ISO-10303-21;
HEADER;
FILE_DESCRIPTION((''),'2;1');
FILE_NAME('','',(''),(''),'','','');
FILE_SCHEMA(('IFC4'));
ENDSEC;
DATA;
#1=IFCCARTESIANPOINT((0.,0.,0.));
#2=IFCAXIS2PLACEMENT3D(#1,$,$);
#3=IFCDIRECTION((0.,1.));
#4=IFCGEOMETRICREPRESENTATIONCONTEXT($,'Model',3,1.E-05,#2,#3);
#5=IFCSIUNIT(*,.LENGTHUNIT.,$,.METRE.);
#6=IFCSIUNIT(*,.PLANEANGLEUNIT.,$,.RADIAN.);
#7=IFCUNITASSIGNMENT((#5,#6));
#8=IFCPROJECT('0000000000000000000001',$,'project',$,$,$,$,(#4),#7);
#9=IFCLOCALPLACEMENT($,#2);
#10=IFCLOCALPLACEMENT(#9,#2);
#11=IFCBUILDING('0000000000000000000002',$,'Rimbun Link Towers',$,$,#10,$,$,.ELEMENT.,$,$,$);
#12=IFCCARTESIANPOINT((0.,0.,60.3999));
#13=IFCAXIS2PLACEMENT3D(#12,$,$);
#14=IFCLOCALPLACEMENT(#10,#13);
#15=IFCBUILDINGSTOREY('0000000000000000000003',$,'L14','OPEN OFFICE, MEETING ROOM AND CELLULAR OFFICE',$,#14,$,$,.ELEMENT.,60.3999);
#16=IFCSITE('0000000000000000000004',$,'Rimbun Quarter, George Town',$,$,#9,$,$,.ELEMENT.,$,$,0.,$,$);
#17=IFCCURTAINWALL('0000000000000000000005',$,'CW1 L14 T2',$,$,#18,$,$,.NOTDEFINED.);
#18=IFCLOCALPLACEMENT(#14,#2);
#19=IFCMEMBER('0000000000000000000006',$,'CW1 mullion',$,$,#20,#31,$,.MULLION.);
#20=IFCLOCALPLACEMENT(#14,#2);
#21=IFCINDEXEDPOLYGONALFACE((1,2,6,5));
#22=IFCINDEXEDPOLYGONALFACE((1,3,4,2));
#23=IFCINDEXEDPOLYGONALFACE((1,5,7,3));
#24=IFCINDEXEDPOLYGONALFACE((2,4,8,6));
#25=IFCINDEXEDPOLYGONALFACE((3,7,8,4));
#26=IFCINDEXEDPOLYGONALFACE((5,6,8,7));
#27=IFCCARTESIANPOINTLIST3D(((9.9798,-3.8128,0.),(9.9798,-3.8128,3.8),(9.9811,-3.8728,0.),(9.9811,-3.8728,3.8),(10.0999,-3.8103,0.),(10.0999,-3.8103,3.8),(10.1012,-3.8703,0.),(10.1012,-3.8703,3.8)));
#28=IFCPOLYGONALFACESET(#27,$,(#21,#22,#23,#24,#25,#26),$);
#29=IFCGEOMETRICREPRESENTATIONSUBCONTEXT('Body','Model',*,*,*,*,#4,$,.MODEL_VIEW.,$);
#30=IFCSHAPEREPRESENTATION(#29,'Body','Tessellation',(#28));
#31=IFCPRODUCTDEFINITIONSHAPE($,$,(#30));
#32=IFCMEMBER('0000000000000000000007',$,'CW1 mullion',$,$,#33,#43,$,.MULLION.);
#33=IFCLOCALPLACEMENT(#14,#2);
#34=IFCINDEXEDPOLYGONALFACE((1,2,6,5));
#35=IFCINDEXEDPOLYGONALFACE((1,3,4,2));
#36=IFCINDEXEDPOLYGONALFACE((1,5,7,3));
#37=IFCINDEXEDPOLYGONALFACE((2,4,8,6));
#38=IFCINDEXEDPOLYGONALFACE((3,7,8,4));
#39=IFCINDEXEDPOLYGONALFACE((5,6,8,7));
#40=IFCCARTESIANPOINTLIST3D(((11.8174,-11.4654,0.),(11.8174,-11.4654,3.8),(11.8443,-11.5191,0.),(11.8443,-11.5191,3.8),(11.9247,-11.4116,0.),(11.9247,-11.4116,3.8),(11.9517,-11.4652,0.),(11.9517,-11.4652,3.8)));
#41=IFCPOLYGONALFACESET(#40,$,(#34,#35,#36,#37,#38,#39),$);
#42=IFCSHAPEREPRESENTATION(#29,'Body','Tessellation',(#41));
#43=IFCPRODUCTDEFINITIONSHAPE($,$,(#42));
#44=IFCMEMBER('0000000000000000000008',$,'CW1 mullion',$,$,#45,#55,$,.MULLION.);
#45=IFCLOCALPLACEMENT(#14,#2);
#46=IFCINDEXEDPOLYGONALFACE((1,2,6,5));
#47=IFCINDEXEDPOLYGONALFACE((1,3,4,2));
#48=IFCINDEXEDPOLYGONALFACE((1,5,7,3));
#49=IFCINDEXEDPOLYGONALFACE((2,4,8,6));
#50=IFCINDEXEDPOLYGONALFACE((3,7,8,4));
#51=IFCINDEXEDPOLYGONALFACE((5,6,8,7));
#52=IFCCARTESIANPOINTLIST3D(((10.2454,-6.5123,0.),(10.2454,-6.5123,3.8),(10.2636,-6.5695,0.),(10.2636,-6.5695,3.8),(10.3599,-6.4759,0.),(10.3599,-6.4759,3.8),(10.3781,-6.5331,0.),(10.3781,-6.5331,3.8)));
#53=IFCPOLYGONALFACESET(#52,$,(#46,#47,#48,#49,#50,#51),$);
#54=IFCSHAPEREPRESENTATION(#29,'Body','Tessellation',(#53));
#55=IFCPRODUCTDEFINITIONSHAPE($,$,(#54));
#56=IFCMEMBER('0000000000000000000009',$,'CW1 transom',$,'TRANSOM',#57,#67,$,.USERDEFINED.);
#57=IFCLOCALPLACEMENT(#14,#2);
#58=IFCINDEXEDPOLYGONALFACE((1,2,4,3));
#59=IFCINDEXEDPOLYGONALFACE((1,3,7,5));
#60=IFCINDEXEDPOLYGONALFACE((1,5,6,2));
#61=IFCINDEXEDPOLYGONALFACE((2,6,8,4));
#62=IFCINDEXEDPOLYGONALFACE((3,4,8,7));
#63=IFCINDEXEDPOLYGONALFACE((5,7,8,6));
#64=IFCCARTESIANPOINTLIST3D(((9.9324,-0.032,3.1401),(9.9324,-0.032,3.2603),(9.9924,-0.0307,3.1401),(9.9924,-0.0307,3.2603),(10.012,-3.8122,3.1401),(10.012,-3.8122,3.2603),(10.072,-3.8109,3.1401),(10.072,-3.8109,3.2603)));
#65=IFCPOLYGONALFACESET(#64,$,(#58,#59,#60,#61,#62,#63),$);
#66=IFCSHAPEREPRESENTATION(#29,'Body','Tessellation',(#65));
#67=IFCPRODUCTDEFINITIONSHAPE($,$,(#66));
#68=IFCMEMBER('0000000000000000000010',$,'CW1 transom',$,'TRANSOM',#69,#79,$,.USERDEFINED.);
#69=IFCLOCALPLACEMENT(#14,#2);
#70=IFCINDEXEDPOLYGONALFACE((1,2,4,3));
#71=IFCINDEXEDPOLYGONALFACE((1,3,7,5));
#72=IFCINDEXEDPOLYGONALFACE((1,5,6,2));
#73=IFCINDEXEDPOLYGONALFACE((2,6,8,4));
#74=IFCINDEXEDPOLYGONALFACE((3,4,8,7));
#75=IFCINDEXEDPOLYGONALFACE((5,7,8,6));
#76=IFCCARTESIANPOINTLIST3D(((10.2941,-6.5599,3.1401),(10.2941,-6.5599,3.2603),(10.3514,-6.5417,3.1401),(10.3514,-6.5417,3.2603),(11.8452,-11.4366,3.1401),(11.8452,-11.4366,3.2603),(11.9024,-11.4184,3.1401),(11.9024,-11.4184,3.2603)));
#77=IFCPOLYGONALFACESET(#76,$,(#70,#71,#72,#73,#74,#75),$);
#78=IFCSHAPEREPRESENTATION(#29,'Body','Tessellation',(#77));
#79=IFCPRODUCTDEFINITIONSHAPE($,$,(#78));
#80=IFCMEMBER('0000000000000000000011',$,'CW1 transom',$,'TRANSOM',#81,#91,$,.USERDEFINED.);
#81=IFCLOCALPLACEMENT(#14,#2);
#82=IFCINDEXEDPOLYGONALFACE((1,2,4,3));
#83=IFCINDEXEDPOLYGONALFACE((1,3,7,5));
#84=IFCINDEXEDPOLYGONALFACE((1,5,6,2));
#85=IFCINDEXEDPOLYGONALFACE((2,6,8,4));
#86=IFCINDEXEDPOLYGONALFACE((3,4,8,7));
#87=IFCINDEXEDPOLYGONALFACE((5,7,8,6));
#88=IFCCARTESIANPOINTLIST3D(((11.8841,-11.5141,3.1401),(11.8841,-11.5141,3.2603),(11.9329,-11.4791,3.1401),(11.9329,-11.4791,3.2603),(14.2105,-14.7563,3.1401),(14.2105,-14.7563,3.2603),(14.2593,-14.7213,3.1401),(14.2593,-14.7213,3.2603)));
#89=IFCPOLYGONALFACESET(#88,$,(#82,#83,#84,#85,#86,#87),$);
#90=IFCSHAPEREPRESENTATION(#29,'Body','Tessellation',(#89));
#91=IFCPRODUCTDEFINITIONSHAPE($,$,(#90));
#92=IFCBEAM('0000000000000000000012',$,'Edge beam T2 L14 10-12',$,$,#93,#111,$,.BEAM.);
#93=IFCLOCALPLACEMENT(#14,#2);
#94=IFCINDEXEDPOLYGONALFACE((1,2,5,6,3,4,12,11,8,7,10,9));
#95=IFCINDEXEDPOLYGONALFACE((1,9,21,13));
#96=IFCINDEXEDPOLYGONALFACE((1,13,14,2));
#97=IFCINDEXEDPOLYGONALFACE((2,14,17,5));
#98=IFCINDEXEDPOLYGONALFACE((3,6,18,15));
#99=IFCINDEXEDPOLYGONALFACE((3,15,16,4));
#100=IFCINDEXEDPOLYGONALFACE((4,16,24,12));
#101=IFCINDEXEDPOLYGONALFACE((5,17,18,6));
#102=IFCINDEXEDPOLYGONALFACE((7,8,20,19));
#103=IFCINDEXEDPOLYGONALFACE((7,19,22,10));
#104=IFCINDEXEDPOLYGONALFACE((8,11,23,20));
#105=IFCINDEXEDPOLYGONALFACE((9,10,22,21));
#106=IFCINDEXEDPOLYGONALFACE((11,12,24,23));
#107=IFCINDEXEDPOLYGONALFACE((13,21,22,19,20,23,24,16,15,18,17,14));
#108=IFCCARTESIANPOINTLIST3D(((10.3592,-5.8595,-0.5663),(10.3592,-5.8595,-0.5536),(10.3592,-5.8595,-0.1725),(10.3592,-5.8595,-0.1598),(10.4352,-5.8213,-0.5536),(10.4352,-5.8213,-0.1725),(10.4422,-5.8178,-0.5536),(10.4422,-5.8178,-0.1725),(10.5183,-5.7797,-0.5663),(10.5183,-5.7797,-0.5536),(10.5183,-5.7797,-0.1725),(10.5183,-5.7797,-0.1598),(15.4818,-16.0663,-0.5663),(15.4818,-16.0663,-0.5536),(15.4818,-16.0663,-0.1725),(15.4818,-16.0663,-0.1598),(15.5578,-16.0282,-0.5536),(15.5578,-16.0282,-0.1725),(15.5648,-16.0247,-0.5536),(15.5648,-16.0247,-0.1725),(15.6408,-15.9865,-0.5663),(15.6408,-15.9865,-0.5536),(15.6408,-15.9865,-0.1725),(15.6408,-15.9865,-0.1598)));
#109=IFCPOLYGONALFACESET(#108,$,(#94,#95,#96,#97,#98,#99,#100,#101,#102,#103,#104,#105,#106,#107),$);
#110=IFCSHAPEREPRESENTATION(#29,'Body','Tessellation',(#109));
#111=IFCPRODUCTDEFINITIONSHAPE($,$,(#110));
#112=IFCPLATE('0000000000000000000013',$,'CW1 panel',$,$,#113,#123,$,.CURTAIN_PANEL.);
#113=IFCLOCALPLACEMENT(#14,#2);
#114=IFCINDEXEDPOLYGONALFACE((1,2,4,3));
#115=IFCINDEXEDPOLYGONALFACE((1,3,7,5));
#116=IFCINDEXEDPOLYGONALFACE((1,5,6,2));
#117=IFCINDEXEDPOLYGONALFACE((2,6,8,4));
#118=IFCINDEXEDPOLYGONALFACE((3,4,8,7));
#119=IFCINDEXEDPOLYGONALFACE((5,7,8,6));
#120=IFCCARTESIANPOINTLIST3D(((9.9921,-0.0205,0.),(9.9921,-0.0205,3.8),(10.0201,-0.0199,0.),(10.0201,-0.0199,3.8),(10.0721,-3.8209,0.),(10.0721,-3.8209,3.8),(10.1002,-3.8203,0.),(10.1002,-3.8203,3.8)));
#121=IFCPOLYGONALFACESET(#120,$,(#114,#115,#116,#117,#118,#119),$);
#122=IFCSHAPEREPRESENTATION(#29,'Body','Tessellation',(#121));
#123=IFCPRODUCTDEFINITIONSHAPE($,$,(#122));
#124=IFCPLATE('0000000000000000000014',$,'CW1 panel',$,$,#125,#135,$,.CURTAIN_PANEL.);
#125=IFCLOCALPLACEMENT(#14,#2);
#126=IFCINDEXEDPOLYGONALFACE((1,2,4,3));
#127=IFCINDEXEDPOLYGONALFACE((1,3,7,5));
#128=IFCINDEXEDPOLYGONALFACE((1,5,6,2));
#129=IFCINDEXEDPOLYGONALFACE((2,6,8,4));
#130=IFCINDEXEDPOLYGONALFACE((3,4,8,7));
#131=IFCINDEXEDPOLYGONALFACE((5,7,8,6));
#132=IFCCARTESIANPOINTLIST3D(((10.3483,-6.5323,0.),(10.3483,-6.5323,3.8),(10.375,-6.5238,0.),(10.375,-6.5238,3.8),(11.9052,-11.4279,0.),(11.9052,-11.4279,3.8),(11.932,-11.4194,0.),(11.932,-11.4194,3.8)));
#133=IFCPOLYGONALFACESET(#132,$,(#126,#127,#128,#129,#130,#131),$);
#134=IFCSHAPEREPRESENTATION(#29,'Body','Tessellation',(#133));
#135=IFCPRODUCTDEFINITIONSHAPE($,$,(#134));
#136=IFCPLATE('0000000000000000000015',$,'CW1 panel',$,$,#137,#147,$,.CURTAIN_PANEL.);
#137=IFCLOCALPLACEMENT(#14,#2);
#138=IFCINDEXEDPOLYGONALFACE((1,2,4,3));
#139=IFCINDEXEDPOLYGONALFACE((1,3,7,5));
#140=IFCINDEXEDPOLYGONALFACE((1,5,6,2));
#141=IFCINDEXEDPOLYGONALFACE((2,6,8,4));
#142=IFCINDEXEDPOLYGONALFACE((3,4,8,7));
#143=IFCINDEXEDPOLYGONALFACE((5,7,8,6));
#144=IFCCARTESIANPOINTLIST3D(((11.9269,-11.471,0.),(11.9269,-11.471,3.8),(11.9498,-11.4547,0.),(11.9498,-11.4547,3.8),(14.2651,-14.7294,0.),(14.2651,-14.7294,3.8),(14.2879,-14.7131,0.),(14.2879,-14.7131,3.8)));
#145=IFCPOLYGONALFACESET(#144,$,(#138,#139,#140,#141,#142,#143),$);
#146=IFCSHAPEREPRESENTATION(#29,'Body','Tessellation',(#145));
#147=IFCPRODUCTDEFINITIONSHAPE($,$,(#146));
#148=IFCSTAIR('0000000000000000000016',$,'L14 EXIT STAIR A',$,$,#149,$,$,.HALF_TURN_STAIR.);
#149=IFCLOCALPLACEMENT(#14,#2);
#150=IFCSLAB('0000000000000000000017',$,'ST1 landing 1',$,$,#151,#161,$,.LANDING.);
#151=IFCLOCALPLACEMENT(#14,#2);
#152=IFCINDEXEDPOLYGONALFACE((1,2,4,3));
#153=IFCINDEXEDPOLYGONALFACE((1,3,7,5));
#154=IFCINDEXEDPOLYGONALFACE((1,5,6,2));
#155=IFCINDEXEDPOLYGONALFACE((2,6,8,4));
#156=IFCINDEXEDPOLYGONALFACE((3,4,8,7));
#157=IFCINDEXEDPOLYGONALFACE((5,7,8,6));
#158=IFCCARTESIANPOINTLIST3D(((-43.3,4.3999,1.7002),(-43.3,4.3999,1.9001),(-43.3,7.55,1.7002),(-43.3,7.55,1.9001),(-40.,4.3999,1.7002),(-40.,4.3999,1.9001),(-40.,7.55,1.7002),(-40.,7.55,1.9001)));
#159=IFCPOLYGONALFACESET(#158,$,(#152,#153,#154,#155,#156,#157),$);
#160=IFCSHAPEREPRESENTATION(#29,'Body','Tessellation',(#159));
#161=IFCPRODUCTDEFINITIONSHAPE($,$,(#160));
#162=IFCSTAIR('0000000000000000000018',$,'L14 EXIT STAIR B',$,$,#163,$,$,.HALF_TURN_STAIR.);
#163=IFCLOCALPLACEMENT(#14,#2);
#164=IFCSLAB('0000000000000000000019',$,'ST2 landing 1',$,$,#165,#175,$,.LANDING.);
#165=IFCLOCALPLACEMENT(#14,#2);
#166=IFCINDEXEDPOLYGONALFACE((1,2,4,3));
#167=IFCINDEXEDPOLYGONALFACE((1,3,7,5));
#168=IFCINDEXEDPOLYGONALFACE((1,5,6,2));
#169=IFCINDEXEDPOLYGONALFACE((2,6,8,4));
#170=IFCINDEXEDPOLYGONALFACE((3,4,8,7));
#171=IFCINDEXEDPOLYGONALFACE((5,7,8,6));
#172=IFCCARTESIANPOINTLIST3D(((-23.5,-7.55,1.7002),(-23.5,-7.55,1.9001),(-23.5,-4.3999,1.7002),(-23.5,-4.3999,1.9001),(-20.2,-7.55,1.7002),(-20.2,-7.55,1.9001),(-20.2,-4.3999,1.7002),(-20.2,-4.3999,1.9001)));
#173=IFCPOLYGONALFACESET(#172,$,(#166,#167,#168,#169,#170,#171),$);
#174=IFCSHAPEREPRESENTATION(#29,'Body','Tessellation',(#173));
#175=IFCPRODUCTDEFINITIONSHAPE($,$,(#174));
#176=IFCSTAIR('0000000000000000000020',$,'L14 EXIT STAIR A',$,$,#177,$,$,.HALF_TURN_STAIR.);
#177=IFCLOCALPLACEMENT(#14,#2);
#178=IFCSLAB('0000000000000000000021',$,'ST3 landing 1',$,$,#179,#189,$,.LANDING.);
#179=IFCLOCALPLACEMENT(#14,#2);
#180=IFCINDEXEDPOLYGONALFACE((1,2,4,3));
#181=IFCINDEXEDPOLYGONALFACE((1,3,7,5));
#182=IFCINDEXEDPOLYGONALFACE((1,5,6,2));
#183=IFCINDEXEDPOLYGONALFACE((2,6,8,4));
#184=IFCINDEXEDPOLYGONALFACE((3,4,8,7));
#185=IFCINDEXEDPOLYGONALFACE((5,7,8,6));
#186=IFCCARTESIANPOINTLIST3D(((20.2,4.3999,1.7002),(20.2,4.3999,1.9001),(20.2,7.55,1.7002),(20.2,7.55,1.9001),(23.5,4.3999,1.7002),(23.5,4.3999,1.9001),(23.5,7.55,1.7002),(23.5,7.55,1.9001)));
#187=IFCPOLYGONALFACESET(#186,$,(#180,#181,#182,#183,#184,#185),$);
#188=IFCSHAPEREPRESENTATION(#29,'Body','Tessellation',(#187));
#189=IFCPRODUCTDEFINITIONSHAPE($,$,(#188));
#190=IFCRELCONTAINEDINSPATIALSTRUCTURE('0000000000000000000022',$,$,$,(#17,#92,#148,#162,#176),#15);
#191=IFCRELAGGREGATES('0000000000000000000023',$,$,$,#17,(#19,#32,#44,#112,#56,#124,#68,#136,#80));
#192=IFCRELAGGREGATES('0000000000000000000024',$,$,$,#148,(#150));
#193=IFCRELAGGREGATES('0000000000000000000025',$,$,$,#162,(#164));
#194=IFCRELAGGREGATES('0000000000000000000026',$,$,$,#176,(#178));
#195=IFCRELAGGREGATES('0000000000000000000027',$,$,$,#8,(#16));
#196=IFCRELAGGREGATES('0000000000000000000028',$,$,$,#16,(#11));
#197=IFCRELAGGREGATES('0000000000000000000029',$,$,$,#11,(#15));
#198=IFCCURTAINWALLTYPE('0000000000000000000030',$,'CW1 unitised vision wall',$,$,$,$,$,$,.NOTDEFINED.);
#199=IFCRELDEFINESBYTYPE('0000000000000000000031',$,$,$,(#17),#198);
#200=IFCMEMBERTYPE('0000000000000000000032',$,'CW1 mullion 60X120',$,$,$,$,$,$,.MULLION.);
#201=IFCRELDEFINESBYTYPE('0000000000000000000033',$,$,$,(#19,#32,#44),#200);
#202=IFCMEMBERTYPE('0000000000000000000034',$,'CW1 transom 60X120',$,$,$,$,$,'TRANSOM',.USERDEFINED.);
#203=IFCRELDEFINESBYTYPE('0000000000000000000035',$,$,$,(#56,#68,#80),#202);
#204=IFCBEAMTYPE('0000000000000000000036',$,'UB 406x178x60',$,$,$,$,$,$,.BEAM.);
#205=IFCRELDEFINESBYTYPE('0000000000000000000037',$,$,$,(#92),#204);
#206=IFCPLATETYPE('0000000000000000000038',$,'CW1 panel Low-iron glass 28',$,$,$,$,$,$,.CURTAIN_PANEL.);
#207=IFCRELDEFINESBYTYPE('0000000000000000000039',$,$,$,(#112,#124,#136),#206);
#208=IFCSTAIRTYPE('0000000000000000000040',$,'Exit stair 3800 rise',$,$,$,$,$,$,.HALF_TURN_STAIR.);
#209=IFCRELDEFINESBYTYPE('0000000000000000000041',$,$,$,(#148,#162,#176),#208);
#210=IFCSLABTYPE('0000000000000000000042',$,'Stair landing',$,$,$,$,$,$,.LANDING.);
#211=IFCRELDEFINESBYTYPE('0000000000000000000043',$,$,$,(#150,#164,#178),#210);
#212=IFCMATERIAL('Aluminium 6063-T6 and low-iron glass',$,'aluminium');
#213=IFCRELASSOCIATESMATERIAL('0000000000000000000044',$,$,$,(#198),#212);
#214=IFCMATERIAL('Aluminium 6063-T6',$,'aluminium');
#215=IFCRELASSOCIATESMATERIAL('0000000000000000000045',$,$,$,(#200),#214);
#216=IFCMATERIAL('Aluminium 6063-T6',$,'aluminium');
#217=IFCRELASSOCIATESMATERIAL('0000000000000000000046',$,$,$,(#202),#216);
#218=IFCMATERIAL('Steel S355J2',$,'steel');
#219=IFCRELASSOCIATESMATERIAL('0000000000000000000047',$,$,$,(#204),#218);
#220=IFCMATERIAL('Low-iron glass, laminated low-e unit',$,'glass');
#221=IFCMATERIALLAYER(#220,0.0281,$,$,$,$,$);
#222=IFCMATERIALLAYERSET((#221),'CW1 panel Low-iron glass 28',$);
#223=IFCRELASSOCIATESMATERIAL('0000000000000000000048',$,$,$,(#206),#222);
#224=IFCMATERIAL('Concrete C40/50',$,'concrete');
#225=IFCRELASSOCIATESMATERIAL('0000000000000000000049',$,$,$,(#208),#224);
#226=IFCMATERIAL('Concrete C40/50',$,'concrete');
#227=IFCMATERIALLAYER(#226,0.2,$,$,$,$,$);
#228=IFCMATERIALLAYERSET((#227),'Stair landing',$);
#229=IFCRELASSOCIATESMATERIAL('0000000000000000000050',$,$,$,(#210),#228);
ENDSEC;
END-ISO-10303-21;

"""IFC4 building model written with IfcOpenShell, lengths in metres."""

from ifc_helpers import new_model, si_unit, direction, frame, origin, origin_2d, place, context, subcontext, project, spatial, polyline, rectangle, i_section, outline, extrude, material, layer, layer_set, material_profile, profile_set, type_object, element, aggregate, save


model = new_model("IFC4")

# Units and contexts
model_context = context("Model", 3, precision=1e-05, world=origin(), true_north=direction((0.0, 1.0)))
body_context = subcontext(model_context, "Body", "Model", "MODEL_VIEW")
ifc_project = project(units=[si_unit("LENGTHUNIT", "METRE"), si_unit("PLANEANGLEUNIT", "RADIAN")], contexts=[model_context])

# Site, building, storey
site_placement = place(None, origin())
site = spatial("IfcSite", under=ifc_project, at=site_placement, Name="Rimbun Quarter, George Town", CompositionType="ELEMENT", RefElevation=0.0)
building_placement = place(site_placement, origin())
building = spatial("IfcBuilding", under=site, at=building_placement, Name="Rimbun Link Towers", CompositionType="ELEMENT")
storey_placement = place(building_placement, frame((0.0, 0.0, 60.3999)))
storey = spatial("IfcBuildingStorey", under=building, at=storey_placement, Name="L14", Description="OPEN OFFICE, MEETING ROOM AND CELLULAR OFFICE", CompositionType="ELEMENT", Elevation=60.3999)

# Curtain wall, members
ifc_material_1 = material(Name="Aluminium 6063-T6 and low-iron glass", Category="aluminium")
curtain_wall_type = type_object("IfcCurtainWallType", Name="CW1 unitised vision wall", PredefinedType="NOTDEFINED", material=ifc_material_1)
curtain_wall_placement = place(storey_placement, origin())
curtain_wall = element("IfcCurtainWall", 1, at=curtain_wall_placement, inside=storey, type_object=curtain_wall_type, Name="CW1 L14 T2", PredefinedType="NOTDEFINED")
ifc_material_2 = material(Name="Aluminium 6063-T6", Category="aluminium")
ifc_material_profile_1 = material_profile(ifc_material_2, rectangle(XDim=0.1201, YDim=0.0601, at=origin_2d()), Name="MULLION 60X120")
ifc_profile_set_1 = profile_set([ifc_material_profile_1], Name="Aluminium 6063-T6")
member_type_1 = type_object("IfcMemberType", Name="CW1 mullion 60X120", PredefinedType="MULLION", material=ifc_profile_set_1)
member_1_placement = place(storey_placement, frame((10.0405, -3.8416, 0.0), z_axis=(0.0, 0.0, 1.0), x_axis=(-0.999778, -0.021066, 0.0)))
member_1 = element("IfcMember", 2, at=member_1_placement, type_object=member_type_1, Name="CW1 mullion", PredefinedType="MULLION", context=body_context, shape_type="SweptSolid", body=[
    extrude(rectangle(XDim=0.1201, YDim=0.0601, at=origin_2d()), origin(), (0.0, 0.0, 1.0), 3.8),
])
member_2_placement = place(storey_placement, frame((11.8845, -11.4653, 0.0), z_axis=(0.0, 0.0, 1.0), x_axis=(-0.893746, -0.448574, 0.0)))
member_2 = element("IfcMember", 3, at=member_2_placement, type_object=member_type_1, Name="CW1 mullion", PredefinedType="MULLION", context=body_context, shape_type="SweptSolid", body=[
    extrude(rectangle(XDim=0.1201, YDim=0.0601, at=origin_2d()), origin(), (0.0, 0.0, 1.0), 3.8),
])
member_3_placement = place(storey_placement, frame((10.3118, -6.5227, 0.0), z_axis=(0.0, 0.0, 1.0), x_axis=(-0.952967, -0.303073, 0.0)))
member_3 = element("IfcMember", 4, at=member_3_placement, type_object=member_type_1, Name="CW1 mullion", PredefinedType="MULLION", context=body_context, shape_type="SweptSolid", body=[
    extrude(rectangle(XDim=0.1201, YDim=0.0601, at=origin_2d()), origin(), (0.0, 0.0, 1.0), 3.8),
])
ifc_material_3 = material(Name="Aluminium 6063-T6", Category="aluminium")
ifc_material_profile_2 = material_profile(ifc_material_3, rectangle(XDim=0.0601, YDim=0.1201, at=origin_2d()), Name="TRANSOM 60X120")
ifc_profile_set_2 = profile_set([ifc_material_profile_2], Name="Aluminium 6063-T6")
member_type_2 = type_object("IfcMemberType", Name="CW1 transom 60X120", ElementType="TRANSOM", PredefinedType="USERDEFINED", material=ifc_profile_set_2)
member_4_placement = place(storey_placement, frame((10.042, -3.8115, 3.2002), z_axis=(-0.021049, 0.999778, 0.0), x_axis=(-0.999778, -0.021049, 0.0)))
member_4 = element("IfcMember", 5, at=member_4_placement, type_object=member_type_2, Name="CW1 transom", ObjectType="TRANSOM", PredefinedType="USERDEFINED", context=body_context, shape_type="SweptSolid", body=[
    extrude(rectangle(XDim=0.0601, YDim=0.1201, at=origin_2d()), origin(), (0.0, 0.0, 1.0), 3.781),
])
member_5_placement = place(storey_placement, frame((11.8738, -11.4275, 3.2002), z_axis=(-0.303087, 0.952963, 0.0), x_axis=(-0.952963, -0.303087, 0.0)))
member_5 = element("IfcMember", 6, at=member_5_placement, type_object=member_type_2, Name="CW1 transom", ObjectType="TRANSOM", PredefinedType="USERDEFINED", context=body_context, shape_type="SweptSolid", body=[
    extrude(rectangle(XDim=0.0601, YDim=0.1201, at=origin_2d()), origin(), (0.0, 0.0, 1.0), 5.1174),
])
member_6_placement = place(storey_placement, frame((14.2349, -14.7388, 3.2002), z_axis=(-0.58299, 0.812479, 0.0), x_axis=(-0.812479, -0.58299, 0.0)))
member_6 = element("IfcMember", 7, at=member_6_placement, type_object=member_type_2, Name="CW1 transom", ObjectType="TRANSOM", PredefinedType="USERDEFINED", context=body_context, shape_type="SweptSolid", body=[
    extrude(rectangle(XDim=0.0601, YDim=0.1201, at=origin_2d()), origin(), (0.0, 0.0, 1.0), 3.9905),
])

# Beam
ifc_material_4 = material(Name="Steel S355J2", Category="steel")
ifc_material_profile_3 = material_profile(ifc_material_4, i_section(OverallWidth=0.178, OverallDepth=0.4065, WebThickness=0.0078, FlangeThickness=0.0127, at=origin_2d()), Name="UB 406x178x60")
ifc_profile_set_3 = profile_set([ifc_material_profile_3], Name="Steel S355J2")
beam_type = type_object("IfcBeamType", Name="UB 406x178x60", PredefinedType="BEAM", material=ifc_profile_set_3)
beam_placement = place(storey_placement, frame((10.4387, -5.8196, -0.363), z_axis=(0.448556, -0.893755, 0.0), x_axis=(0.893755, 0.448556, 0.0)))
element("IfcBeam", 8, at=beam_placement, inside=storey, type_object=beam_type, Name="Edge beam T2 L14 10-12", PredefinedType="BEAM", context=body_context, shape_type="SweptSolid", body=[
    extrude(i_section(OverallWidth=0.178, OverallDepth=0.4065, WebThickness=0.0078, FlangeThickness=0.0127, at=origin_2d()), origin(), (0.0, 0.0, 1.0), 11.4202),
])

# Plates
ifc_material_5 = material(Name="Low-iron glass, laminated low-e unit", Category="glass")
ifc_layer_1 = layer(ifc_material_5, 0.0281)
ifc_layer_set_1 = layer_set([ifc_layer_1], Name="CW1 panel Low-iron glass 28")
plate_type = type_object("IfcPlateType", Name="CW1 panel Low-iron glass 28", PredefinedType="CURTAIN_PANEL", material=ifc_layer_set_1)
plate_1_placement = place(storey_placement, frame((10.0461, -1.9204, 0.0), z_axis=(0.0, 0.0, 1.0), x_axis=(-0.021066, 0.999778, 0.0)))
plate_1 = element("IfcPlate", 9, at=plate_1_placement, type_object=plate_type, Name="CW1 panel", PredefinedType="CURTAIN_PANEL", context=body_context, shape_type="SweptSolid", body=[
    extrude(rectangle(XDim=3.8013, YDim=0.0281, at=origin_2d()), origin(), (0.0, 0.0, 1.0), 3.8),
])
plate_2_placement = place(storey_placement, frame((11.1401, -8.9758, 0.0), z_axis=(0.0, 0.0, 1.0), x_axis=(-0.303073, 0.952967, 0.0)))
plate_2 = element("IfcPlate", 10, at=plate_2_placement, type_object=plate_type, Name="CW1 panel", PredefinedType="CURTAIN_PANEL", context=body_context, shape_type="SweptSolid", body=[
    extrude(rectangle(XDim=5.1372, YDim=0.0281, at=origin_2d()), origin(), (0.0, 0.0, 1.0), 3.8),
])
plate_3_placement = place(storey_placement, frame((13.1074, -13.092, 0.0), z_axis=(0.0, 0.0, 1.0), x_axis=(-0.583004, 0.812469, 0.0)))
plate_3 = element("IfcPlate", 11, at=plate_3_placement, type_object=plate_type, Name="CW1 panel", PredefinedType="CURTAIN_PANEL", context=body_context, shape_type="SweptSolid", body=[
    extrude(rectangle(XDim=4.0105, YDim=0.0281, at=origin_2d()), origin(), (0.0, 0.0, 1.0), 3.8),
])
aggregate(curtain_wall, [member_1, member_2, member_3, plate_1, member_4, plate_2, member_5, plate_3, member_6])

# Stairs, slabs
ifc_material_6 = material(Name="Concrete C40/50", Category="concrete")
stair_type = type_object("IfcStairType", Name="Exit stair 3800 rise", PredefinedType="HALF_TURN_STAIR", material=ifc_material_6)
stair_1_placement = place(storey_placement, origin())
stair_1 = element("IfcStair", 12, at=stair_1_placement, inside=storey, type_object=stair_type, Name="L14 EXIT STAIR A", PredefinedType="HALF_TURN_STAIR")
ifc_material_7 = material(Name="Concrete C40/50", Category="concrete")
ifc_layer_2 = layer(ifc_material_7, 0.2)
ifc_layer_set_2 = layer_set([ifc_layer_2], Name="Stair landing")
slab_type = type_object("IfcSlabType", Name="Stair landing", PredefinedType="LANDING", material=ifc_layer_set_2)
slab_1_placement = place(storey_placement, frame((0.0, 0.0, 1.7002)))
slab_1 = element("IfcSlab", 13, at=slab_1_placement, type_object=slab_type, Name="ST1 landing 1", PredefinedType="LANDING", context=body_context, shape_type="SweptSolid", body=[
    extrude(outline(polyline([(-40.0, 7.55), (-43.3, 7.55), (-43.3, 4.3999), (-40.0, 4.3999), (-40.0, 7.55)])), origin(), (0.0, 0.0, 1.0), 0.2),
])
aggregate(stair_1, [slab_1])
stair_2_placement = place(storey_placement, origin())
stair_2 = element("IfcStair", 14, at=stair_2_placement, inside=storey, type_object=stair_type, Name="L14 EXIT STAIR B", PredefinedType="HALF_TURN_STAIR")
slab_2_placement = place(storey_placement, frame((0.0, 0.0, 1.7002)))
slab_2 = element("IfcSlab", 15, at=slab_2_placement, type_object=slab_type, Name="ST2 landing 1", PredefinedType="LANDING", context=body_context, shape_type="SweptSolid", body=[
    extrude(outline(polyline([(-23.5, -7.55), (-20.2, -7.55), (-20.2, -4.3999), (-23.5, -4.3999), (-23.5, -7.55)])), origin(), (0.0, 0.0, 1.0), 0.2),
])
aggregate(stair_2, [slab_2])
stair_3_placement = place(storey_placement, origin())
stair_3 = element("IfcStair", 16, at=stair_3_placement, inside=storey, type_object=stair_type, Name="L14 EXIT STAIR A", PredefinedType="HALF_TURN_STAIR")
slab_3_placement = place(storey_placement, frame((0.0, 0.0, 1.7002)))
slab_3 = element("IfcSlab", 17, at=slab_3_placement, type_object=slab_type, Name="ST3 landing 1", PredefinedType="LANDING", context=body_context, shape_type="SweptSolid", body=[
    extrude(outline(polyline([(23.5, 7.55), (20.2, 7.55), (20.2, 4.3999), (23.5, 4.3999), (23.5, 7.55)])), origin(), (0.0, 0.0, 1.0), 0.2),
])
aggregate(stair_3, [slab_3])

save(model, "model.ifc")
